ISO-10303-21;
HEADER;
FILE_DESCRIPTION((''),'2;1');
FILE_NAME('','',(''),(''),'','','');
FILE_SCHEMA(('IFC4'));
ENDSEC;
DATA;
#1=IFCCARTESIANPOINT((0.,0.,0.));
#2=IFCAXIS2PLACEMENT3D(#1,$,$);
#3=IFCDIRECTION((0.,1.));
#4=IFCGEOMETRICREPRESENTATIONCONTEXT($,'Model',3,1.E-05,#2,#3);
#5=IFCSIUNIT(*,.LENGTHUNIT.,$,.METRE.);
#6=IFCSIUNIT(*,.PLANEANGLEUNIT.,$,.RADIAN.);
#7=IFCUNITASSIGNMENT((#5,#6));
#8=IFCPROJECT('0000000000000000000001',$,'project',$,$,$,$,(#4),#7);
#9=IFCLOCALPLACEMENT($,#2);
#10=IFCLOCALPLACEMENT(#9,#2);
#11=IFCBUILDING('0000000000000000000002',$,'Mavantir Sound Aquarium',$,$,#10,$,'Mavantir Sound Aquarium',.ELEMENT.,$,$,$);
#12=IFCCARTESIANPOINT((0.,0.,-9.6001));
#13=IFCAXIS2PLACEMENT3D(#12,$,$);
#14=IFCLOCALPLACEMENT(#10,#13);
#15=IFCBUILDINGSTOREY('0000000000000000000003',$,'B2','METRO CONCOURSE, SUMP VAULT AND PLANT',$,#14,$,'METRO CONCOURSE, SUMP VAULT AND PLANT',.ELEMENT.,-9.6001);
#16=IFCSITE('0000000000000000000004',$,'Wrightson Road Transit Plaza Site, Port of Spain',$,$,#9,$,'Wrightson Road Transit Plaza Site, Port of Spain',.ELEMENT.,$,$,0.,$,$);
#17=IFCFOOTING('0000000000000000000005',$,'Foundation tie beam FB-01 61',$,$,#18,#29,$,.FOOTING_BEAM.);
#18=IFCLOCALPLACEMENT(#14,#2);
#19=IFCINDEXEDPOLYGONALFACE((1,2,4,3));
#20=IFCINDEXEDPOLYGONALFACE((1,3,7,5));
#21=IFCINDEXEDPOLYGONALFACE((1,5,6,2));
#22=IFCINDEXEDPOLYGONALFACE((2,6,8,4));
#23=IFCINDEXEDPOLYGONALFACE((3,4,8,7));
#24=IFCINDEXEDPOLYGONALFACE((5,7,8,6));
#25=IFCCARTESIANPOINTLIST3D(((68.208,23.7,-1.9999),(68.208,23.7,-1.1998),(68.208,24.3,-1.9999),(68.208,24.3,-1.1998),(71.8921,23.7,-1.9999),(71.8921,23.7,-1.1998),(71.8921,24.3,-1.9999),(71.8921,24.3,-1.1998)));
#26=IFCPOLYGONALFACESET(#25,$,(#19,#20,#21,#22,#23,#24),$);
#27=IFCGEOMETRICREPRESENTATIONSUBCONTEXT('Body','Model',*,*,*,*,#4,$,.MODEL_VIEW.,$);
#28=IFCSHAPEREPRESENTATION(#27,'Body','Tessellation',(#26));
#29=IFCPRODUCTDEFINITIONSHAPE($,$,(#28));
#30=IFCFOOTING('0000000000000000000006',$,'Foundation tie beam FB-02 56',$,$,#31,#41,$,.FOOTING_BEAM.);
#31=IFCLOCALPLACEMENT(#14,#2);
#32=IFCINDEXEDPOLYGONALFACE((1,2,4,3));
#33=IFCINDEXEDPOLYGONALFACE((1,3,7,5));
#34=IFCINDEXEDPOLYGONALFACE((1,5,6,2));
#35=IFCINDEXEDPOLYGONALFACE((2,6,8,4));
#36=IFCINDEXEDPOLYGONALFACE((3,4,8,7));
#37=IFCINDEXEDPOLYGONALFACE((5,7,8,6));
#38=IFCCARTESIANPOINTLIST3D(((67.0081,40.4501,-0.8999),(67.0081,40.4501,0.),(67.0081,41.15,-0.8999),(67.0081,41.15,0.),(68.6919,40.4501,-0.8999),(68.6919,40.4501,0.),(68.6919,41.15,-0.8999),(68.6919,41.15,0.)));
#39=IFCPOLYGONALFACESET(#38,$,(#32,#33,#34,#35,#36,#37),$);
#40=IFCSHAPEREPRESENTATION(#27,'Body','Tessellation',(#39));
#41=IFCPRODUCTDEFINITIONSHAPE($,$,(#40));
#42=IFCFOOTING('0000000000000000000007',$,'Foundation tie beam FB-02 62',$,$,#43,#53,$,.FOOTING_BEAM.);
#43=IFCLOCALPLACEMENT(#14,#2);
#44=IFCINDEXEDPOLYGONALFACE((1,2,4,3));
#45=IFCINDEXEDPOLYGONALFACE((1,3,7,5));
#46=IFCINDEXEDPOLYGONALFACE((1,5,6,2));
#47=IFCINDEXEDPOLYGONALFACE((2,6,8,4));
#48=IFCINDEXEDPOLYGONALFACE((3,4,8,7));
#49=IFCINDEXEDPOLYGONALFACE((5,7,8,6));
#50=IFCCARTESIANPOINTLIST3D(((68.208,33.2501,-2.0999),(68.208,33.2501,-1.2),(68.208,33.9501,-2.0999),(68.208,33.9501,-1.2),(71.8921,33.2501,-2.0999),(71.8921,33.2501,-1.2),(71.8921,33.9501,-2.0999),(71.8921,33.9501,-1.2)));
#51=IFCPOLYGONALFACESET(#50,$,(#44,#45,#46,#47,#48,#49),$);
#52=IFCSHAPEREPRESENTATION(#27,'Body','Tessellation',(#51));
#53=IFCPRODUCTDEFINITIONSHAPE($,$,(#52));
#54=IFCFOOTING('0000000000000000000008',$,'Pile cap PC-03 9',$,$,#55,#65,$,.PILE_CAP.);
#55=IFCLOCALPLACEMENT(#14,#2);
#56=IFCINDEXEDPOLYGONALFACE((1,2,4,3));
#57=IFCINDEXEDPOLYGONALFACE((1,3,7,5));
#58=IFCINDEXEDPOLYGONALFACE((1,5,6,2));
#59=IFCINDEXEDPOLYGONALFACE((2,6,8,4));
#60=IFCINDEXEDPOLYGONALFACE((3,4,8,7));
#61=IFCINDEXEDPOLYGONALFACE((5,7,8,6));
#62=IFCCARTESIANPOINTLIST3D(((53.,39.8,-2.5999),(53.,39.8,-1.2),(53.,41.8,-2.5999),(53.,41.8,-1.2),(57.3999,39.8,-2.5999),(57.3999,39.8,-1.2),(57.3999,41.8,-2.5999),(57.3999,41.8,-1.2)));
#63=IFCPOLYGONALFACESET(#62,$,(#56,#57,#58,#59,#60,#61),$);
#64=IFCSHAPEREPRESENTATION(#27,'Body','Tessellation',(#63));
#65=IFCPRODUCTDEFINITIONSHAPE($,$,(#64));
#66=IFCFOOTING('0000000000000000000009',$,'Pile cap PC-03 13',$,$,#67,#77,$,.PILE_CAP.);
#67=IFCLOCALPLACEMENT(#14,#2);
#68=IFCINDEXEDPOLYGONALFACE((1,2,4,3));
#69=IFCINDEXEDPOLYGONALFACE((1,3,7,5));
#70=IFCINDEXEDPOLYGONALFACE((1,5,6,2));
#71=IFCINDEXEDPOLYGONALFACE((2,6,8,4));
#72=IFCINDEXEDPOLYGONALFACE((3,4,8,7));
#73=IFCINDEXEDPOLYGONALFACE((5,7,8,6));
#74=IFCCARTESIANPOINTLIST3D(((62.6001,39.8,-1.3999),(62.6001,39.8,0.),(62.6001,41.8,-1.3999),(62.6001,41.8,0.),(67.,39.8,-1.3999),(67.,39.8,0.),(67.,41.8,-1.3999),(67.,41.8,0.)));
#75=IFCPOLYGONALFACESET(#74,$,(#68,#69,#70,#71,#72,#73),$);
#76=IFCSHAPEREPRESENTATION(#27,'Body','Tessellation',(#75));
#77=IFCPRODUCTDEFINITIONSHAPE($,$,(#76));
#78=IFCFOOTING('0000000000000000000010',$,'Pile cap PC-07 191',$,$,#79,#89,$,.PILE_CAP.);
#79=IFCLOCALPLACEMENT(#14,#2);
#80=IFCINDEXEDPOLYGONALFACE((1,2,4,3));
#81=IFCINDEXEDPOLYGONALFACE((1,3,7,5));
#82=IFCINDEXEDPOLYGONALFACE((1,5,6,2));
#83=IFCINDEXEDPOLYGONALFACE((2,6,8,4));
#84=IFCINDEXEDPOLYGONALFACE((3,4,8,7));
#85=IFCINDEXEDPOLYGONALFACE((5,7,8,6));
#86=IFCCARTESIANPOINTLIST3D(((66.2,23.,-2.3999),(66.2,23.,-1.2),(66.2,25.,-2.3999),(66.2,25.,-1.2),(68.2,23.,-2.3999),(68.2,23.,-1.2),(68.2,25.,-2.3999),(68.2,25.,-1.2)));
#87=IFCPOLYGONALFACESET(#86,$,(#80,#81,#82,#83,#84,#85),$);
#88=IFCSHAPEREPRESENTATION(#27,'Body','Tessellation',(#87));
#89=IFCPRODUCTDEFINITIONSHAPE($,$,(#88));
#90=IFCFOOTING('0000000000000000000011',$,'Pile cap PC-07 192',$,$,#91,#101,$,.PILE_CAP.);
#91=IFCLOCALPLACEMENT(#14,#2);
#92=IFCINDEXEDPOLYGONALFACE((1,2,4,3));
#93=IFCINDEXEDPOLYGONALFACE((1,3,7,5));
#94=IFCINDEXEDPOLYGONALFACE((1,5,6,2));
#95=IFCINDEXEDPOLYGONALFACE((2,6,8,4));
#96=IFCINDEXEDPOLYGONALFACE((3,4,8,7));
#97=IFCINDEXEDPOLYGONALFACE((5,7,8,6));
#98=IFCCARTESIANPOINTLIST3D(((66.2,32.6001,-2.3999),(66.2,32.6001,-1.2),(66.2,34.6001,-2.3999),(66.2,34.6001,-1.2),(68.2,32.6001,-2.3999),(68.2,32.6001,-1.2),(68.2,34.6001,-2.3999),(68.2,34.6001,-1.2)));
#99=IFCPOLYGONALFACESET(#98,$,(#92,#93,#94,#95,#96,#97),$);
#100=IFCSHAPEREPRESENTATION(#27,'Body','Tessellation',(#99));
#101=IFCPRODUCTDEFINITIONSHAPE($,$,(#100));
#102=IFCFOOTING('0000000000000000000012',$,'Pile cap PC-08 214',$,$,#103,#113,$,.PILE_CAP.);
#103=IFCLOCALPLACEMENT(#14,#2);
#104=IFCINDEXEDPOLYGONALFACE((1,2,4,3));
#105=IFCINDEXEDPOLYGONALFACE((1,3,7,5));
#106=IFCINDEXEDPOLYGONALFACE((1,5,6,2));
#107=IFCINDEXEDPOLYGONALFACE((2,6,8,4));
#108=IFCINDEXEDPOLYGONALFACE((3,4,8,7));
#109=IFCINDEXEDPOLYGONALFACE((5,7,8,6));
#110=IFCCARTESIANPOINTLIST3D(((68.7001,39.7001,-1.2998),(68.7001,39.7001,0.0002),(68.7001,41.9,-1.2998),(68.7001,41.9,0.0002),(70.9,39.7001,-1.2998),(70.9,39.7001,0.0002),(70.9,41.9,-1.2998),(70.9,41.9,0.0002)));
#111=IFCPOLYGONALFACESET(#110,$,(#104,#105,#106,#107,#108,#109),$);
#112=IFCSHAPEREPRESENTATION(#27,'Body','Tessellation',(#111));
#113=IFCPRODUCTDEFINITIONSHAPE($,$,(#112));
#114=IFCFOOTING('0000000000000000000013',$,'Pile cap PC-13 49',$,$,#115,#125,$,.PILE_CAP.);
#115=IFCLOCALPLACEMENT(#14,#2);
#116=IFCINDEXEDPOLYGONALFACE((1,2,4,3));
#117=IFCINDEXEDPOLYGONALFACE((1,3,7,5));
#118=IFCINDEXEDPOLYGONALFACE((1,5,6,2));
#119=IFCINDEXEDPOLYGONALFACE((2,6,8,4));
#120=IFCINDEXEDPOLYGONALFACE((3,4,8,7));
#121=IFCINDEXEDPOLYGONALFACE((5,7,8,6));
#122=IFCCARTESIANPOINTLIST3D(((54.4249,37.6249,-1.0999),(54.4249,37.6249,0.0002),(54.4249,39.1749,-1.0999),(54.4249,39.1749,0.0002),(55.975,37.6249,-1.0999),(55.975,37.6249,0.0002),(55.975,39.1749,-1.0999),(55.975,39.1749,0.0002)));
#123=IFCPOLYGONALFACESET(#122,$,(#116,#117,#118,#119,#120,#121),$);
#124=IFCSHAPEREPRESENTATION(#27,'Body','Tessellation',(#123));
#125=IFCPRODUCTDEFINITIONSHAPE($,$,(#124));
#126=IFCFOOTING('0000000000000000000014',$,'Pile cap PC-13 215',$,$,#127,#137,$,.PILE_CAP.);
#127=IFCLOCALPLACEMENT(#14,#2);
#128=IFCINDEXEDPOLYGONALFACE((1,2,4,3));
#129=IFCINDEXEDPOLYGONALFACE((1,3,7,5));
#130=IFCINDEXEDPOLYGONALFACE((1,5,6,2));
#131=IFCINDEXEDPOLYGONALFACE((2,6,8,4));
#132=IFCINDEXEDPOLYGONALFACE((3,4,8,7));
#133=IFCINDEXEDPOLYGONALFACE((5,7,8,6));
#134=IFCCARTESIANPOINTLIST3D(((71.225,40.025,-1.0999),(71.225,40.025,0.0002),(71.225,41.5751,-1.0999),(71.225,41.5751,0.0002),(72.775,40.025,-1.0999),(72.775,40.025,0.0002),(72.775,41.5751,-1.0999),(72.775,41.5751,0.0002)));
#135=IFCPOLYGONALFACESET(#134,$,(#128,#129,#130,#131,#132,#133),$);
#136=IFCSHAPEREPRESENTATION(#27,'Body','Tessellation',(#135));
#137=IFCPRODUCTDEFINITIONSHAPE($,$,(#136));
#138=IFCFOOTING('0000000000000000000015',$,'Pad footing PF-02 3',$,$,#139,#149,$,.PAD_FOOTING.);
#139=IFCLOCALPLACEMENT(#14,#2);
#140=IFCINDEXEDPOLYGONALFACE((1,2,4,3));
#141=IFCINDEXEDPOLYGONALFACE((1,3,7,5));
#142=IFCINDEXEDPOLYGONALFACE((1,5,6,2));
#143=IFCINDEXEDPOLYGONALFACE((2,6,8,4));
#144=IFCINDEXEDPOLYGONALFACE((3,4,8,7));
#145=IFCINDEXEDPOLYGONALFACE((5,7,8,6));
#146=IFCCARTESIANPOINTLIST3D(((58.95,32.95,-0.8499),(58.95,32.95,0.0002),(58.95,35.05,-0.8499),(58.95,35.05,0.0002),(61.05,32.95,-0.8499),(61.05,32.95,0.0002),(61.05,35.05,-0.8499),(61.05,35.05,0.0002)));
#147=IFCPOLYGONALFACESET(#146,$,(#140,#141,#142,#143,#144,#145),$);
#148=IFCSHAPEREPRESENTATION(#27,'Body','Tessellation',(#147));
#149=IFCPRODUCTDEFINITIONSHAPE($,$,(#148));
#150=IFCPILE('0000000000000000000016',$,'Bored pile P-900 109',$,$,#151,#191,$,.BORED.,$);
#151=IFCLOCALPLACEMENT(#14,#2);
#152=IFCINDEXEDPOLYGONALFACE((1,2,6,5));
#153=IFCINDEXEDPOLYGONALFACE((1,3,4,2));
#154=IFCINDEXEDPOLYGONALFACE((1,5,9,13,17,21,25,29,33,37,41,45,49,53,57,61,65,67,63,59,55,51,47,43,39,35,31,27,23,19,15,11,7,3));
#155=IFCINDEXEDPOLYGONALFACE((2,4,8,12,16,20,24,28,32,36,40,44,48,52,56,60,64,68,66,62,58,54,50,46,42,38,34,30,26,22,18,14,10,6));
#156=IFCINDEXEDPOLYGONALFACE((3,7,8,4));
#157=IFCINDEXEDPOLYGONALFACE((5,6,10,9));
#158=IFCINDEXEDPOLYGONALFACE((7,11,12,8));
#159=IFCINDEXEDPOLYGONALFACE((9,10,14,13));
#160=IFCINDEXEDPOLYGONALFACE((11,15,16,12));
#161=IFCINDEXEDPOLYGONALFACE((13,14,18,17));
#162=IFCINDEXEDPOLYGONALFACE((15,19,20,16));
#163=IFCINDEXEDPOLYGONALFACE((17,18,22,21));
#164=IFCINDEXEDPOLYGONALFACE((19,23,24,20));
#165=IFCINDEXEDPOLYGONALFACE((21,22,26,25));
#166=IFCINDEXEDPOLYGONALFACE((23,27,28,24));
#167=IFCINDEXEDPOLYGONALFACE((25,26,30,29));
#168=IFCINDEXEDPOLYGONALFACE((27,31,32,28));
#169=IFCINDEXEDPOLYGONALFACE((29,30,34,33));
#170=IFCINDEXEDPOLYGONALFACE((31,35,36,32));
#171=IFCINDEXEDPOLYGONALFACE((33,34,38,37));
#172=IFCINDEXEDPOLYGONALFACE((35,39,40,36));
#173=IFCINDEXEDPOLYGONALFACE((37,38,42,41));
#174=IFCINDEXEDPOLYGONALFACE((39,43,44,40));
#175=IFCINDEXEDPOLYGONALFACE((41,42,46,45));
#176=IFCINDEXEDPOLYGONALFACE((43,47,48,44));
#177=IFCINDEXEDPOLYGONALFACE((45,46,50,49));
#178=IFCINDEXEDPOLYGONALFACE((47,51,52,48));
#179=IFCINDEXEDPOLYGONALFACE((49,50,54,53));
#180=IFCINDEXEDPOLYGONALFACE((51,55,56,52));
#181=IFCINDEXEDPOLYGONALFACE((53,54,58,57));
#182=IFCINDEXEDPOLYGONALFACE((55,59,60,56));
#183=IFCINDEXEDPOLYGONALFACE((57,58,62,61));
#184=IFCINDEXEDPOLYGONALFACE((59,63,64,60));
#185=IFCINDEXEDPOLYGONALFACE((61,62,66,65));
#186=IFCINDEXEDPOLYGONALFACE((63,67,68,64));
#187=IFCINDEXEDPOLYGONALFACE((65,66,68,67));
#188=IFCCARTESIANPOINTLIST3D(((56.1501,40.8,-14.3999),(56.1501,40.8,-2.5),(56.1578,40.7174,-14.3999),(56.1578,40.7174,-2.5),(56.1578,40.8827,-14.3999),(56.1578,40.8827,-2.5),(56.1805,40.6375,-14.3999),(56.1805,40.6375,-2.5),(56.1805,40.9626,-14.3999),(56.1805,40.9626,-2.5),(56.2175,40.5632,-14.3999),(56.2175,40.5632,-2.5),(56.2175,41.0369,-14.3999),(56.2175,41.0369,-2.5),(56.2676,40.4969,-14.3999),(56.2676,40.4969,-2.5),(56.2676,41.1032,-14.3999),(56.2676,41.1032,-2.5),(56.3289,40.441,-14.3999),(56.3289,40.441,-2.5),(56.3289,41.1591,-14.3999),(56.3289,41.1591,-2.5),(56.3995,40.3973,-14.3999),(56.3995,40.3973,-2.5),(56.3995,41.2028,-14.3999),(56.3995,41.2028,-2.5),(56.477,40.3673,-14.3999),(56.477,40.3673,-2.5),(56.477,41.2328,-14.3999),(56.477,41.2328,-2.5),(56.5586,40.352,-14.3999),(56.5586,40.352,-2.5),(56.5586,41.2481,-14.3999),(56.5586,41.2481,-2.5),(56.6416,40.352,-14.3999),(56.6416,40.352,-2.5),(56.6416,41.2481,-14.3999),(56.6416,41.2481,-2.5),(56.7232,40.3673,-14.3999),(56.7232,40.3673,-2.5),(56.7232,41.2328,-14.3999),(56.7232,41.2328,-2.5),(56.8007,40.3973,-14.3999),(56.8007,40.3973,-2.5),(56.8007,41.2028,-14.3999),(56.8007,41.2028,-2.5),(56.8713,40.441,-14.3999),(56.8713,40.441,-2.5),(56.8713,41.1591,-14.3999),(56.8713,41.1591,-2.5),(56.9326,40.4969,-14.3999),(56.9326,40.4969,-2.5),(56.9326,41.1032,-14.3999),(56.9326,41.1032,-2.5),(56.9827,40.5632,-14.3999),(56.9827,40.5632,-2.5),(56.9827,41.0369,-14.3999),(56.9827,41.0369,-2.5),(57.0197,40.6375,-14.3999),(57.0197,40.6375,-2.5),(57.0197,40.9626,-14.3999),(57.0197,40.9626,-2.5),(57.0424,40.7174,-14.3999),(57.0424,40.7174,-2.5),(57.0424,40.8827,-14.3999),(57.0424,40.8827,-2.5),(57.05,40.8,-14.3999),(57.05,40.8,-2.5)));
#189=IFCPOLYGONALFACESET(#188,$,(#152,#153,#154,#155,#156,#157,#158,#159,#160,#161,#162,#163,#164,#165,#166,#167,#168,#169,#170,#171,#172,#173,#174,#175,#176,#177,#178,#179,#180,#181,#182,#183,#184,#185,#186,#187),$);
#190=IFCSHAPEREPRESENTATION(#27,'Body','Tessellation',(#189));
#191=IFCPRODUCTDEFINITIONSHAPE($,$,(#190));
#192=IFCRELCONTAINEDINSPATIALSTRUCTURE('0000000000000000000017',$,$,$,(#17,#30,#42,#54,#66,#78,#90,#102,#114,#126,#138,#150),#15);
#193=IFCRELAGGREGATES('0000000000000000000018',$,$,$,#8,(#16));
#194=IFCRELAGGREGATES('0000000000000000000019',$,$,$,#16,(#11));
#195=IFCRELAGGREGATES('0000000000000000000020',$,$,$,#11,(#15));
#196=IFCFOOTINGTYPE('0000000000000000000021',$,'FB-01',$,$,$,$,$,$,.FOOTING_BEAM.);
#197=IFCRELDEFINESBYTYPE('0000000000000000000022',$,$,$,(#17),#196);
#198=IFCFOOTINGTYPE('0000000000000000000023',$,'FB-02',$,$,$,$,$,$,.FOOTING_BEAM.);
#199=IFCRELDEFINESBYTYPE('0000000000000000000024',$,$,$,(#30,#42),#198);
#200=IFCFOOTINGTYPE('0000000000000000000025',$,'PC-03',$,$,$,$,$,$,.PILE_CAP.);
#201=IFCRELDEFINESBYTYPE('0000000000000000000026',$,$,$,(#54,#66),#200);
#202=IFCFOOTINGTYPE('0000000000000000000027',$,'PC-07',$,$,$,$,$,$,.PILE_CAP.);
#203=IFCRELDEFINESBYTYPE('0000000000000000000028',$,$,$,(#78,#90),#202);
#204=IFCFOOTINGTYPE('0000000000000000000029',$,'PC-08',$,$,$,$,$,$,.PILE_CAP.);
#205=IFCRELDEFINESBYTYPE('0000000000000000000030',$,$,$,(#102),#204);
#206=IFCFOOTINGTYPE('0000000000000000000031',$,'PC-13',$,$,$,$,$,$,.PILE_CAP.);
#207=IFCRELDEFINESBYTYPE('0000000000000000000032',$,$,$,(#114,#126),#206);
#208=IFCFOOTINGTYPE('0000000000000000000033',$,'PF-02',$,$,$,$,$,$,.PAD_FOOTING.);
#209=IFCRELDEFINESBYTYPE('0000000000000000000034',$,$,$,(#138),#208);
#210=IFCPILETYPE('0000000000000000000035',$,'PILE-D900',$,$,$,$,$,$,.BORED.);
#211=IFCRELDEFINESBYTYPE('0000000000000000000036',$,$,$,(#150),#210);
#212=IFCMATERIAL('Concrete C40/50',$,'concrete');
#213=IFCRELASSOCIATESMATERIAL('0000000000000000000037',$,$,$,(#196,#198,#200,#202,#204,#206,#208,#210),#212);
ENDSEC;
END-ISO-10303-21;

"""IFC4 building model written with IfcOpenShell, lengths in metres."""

from ifc_helpers import new_model, si_unit, direction, frame, origin, origin_2d, place, context, subcontext, project, spatial, rectangle, circle, extrude, material, material_profile, profile_set, type_object, element, save


model = new_model("IFC4")

# Units and contexts
model_context = context("Model", 3, precision=1e-05, world=origin(), true_north=direction((0.0, 1.0)))
body_context = subcontext(model_context, "Body", "Model", "MODEL_VIEW")
ifc_project = project(units=[si_unit("LENGTHUNIT", "METRE"), si_unit("PLANEANGLEUNIT", "RADIAN")], contexts=[model_context])

# Site, building, storey
site_placement = place(None, origin())
site = spatial("IfcSite", under=ifc_project, at=site_placement, Name="Wrightson Road Transit Plaza Site, Port of Spain", LongName="Wrightson Road Transit Plaza Site, Port of Spain", CompositionType="ELEMENT", RefElevation=0.0)
building_placement = place(site_placement, origin())
building = spatial("IfcBuilding", under=site, at=building_placement, Name="Mavantir Sound Aquarium", LongName="Mavantir Sound Aquarium", CompositionType="ELEMENT")
storey_placement = place(building_placement, frame((0.0, 0.0, -9.6001)))
storey = spatial("IfcBuildingStorey", under=building, at=storey_placement, Name="B2", Description="METRO CONCOURSE, SUMP VAULT AND PLANT", LongName="METRO CONCOURSE, SUMP VAULT AND PLANT", CompositionType="ELEMENT", Elevation=-9.6001)

# Footings
ifc_material_1 = material(Name="Concrete C40/50", Category="concrete")
ifc_material_profile_1 = material_profile(ifc_material_1, rectangle(XDim=0.6001, YDim=0.8, at=origin_2d()), Name="RC 600X800")
ifc_profile_set_1 = profile_set([ifc_material_profile_1], Name="Concrete C40/50")
footing_type_1 = type_object("IfcFootingType", Name="FB-01", PredefinedType="FOOTING_BEAM", material=ifc_profile_set_1)
footing_1_placement = place(storey_placement, frame((68.208, 24.0, -1.5999), z_axis=(1.0, 0.0, 0.0), x_axis=(0.0, 1.0, 0.0)))
element("IfcFooting", 1, at=footing_1_placement, inside=storey, type_object=footing_type_1, Name="Foundation tie beam FB-01 61", PredefinedType="FOOTING_BEAM", context=body_context, shape_type="SweptSolid", body=[
    extrude(rectangle(XDim=0.6001, YDim=0.8, at=origin_2d()), origin(), (0.0, 0.0, 1.0), 3.6841),
])
ifc_material_profile_2 = material_profile(ifc_material_1, rectangle(XDim=0.7, YDim=0.8999, at=origin_2d()), Name="RC 700X900")
ifc_profile_set_2 = profile_set([ifc_material_profile_2], Name="Concrete C40/50")
footing_type_2 = type_object("IfcFootingType", Name="FB-02", PredefinedType="FOOTING_BEAM", material=ifc_profile_set_2)
footing_2_placement = place(storey_placement, frame((67.0081, 40.8, -0.45), z_axis=(1.0, 0.0, 0.0), x_axis=(0.0, 1.0, 0.0)))
element("IfcFooting", 2, at=footing_2_placement, inside=storey, type_object=footing_type_2, Name="Foundation tie beam FB-02 56", PredefinedType="FOOTING_BEAM", context=body_context, shape_type="SweptSolid", body=[
    extrude(rectangle(XDim=0.7, YDim=0.8999, at=origin_2d()), origin(), (0.0, 0.0, 1.0), 1.6838),
])
footing_3_placement = place(storey_placement, frame((68.208, 33.6001, -1.6499), z_axis=(1.0, 0.0, 0.0), x_axis=(0.0, 1.0, 0.0)))
element("IfcFooting", 3, at=footing_3_placement, inside=storey, type_object=footing_type_2, Name="Foundation tie beam FB-02 62", PredefinedType="FOOTING_BEAM", context=body_context, shape_type="SweptSolid", body=[
    extrude(rectangle(XDim=0.7, YDim=0.8999, at=origin_2d()), origin(), (0.0, 0.0, 1.0), 3.6841),
])
footing_type_3 = type_object("IfcFootingType", Name="PC-03", PredefinedType="PILE_CAP", material=ifc_material_1)
for number, where, z_axis, x_axis, name in (
    (4, (55.2, 40.8, -2.5999), (0.0, 0.0, 1.0), (1.0, 0.0, 0.0), "Pile cap PC-03 9"),
    (5, (64.8, 40.8, -1.3999), (0.0, 0.0, 1.0), (1.0, 0.0, 0.0), "Pile cap PC-03 13"),
):
    element("IfcFooting", number, at=place(storey_placement, frame(where, z_axis=z_axis, x_axis=x_axis)), inside=storey, type_object=footing_type_3, Name=name, PredefinedType="PILE_CAP", context=body_context, shape_type="SweptSolid", body=[
        extrude(rectangle(XDim=4.3999, YDim=2.0, at=origin_2d()), origin(), (0.0, 0.0, 1.0), 1.3999),
    ])
footing_type_4 = type_object("IfcFootingType", Name="PC-07", PredefinedType="PILE_CAP", material=ifc_material_1)
for number, where, z_axis, x_axis, name in (
    (6, (67.2, 24.0, -2.3999), (0.0, 0.0, 1.0), (1.0, 0.0, 0.0), "Pile cap PC-07 191"),
    (7, (67.2, 33.6001, -2.3999), (0.0, 0.0, 1.0), (1.0, 0.0, 0.0), "Pile cap PC-07 192"),
):
    element("IfcFooting", number, at=place(storey_placement, frame(where, z_axis=z_axis, x_axis=x_axis)), inside=storey, type_object=footing_type_4, Name=name, PredefinedType="PILE_CAP", context=body_context, shape_type="SweptSolid", body=[
        extrude(rectangle(XDim=2.0, YDim=2.0, at=origin_2d()), origin(), (0.0, 0.0, 1.0), 1.2),
    ])
footing_type_5 = type_object("IfcFootingType", Name="PC-08", PredefinedType="PILE_CAP", material=ifc_material_1)
footing_4_placement = place(storey_placement, frame((69.8, 40.8, -1.2998), z_axis=(0.0, 0.0, 1.0), x_axis=(1.0, 0.0, 0.0)))
element("IfcFooting", 8, at=footing_4_placement, inside=storey, type_object=footing_type_5, Name="Pile cap PC-08 214", PredefinedType="PILE_CAP", context=body_context, shape_type="SweptSolid", body=[
    extrude(rectangle(XDim=2.2, YDim=2.2, at=origin_2d()), origin(), (0.0, 0.0, 1.0), 1.3),
])
footing_type_6 = type_object("IfcFootingType", Name="PC-13", PredefinedType="PILE_CAP", material=ifc_material_1)
for number, where, z_axis, x_axis, name in (
    (9, (55.2, 38.3999, -1.0999), (0.0, 0.0, 1.0), (1.0, 0.0, 0.0), "Pile cap PC-13 49"),
    (10, (72.0, 40.8, -1.0999), (0.0, 0.0, 1.0), (1.0, 0.0, 0.0), "Pile cap PC-13 215"),
):
    element("IfcFooting", number, at=place(storey_placement, frame(where, z_axis=z_axis, x_axis=x_axis)), inside=storey, type_object=footing_type_6, Name=name, PredefinedType="PILE_CAP", context=body_context, shape_type="SweptSolid", body=[
        extrude(rectangle(XDim=1.55, YDim=1.55, at=origin_2d()), origin(), (0.0, 0.0, 1.0), 1.1001),
    ])
footing_type_7 = type_object("IfcFootingType", Name="PF-02", PredefinedType="PAD_FOOTING", material=ifc_material_1)
footing_5_placement = place(storey_placement, frame((60.0, 34.0, -0.8499), z_axis=(0.0, 0.0, 1.0), x_axis=(1.0, 0.0, 0.0)))
element("IfcFooting", 11, at=footing_5_placement, inside=storey, type_object=footing_type_7, Name="Pad footing PF-02 3", PredefinedType="PAD_FOOTING", context=body_context, shape_type="SweptSolid", body=[
    extrude(rectangle(XDim=2.1001, YDim=2.1001, at=origin_2d()), origin(), (0.0, 0.0, 1.0), 0.8501),
])

# Pile
ifc_material_profile_3 = material_profile(ifc_material_1, circle(Radius=0.45, at=origin_2d()), Name="PILE D900")
ifc_profile_set_3 = profile_set([ifc_material_profile_3], Name="Concrete C40/50")
pile_type = type_object("IfcPileType", Name="PILE-D900", PredefinedType="BORED", material=ifc_profile_set_3)
pile_1_placement = place(storey_placement, frame((56.6001, 40.8, -2.5), z_axis=(0.0, 0.0, -1.0), x_axis=(1.0, 0.0, 0.0)))
element("IfcPile", 12, at=pile_1_placement, inside=storey, type_object=pile_type, Name="Bored pile P-900 109", PredefinedType="BORED", context=body_context, shape_type="SweptSolid", body=[
    extrude(circle(Radius=0.45, at=origin_2d()), origin(), (0.0, 0.0, 1.0), 11.8999),
])

save(model, "model.ifc")
